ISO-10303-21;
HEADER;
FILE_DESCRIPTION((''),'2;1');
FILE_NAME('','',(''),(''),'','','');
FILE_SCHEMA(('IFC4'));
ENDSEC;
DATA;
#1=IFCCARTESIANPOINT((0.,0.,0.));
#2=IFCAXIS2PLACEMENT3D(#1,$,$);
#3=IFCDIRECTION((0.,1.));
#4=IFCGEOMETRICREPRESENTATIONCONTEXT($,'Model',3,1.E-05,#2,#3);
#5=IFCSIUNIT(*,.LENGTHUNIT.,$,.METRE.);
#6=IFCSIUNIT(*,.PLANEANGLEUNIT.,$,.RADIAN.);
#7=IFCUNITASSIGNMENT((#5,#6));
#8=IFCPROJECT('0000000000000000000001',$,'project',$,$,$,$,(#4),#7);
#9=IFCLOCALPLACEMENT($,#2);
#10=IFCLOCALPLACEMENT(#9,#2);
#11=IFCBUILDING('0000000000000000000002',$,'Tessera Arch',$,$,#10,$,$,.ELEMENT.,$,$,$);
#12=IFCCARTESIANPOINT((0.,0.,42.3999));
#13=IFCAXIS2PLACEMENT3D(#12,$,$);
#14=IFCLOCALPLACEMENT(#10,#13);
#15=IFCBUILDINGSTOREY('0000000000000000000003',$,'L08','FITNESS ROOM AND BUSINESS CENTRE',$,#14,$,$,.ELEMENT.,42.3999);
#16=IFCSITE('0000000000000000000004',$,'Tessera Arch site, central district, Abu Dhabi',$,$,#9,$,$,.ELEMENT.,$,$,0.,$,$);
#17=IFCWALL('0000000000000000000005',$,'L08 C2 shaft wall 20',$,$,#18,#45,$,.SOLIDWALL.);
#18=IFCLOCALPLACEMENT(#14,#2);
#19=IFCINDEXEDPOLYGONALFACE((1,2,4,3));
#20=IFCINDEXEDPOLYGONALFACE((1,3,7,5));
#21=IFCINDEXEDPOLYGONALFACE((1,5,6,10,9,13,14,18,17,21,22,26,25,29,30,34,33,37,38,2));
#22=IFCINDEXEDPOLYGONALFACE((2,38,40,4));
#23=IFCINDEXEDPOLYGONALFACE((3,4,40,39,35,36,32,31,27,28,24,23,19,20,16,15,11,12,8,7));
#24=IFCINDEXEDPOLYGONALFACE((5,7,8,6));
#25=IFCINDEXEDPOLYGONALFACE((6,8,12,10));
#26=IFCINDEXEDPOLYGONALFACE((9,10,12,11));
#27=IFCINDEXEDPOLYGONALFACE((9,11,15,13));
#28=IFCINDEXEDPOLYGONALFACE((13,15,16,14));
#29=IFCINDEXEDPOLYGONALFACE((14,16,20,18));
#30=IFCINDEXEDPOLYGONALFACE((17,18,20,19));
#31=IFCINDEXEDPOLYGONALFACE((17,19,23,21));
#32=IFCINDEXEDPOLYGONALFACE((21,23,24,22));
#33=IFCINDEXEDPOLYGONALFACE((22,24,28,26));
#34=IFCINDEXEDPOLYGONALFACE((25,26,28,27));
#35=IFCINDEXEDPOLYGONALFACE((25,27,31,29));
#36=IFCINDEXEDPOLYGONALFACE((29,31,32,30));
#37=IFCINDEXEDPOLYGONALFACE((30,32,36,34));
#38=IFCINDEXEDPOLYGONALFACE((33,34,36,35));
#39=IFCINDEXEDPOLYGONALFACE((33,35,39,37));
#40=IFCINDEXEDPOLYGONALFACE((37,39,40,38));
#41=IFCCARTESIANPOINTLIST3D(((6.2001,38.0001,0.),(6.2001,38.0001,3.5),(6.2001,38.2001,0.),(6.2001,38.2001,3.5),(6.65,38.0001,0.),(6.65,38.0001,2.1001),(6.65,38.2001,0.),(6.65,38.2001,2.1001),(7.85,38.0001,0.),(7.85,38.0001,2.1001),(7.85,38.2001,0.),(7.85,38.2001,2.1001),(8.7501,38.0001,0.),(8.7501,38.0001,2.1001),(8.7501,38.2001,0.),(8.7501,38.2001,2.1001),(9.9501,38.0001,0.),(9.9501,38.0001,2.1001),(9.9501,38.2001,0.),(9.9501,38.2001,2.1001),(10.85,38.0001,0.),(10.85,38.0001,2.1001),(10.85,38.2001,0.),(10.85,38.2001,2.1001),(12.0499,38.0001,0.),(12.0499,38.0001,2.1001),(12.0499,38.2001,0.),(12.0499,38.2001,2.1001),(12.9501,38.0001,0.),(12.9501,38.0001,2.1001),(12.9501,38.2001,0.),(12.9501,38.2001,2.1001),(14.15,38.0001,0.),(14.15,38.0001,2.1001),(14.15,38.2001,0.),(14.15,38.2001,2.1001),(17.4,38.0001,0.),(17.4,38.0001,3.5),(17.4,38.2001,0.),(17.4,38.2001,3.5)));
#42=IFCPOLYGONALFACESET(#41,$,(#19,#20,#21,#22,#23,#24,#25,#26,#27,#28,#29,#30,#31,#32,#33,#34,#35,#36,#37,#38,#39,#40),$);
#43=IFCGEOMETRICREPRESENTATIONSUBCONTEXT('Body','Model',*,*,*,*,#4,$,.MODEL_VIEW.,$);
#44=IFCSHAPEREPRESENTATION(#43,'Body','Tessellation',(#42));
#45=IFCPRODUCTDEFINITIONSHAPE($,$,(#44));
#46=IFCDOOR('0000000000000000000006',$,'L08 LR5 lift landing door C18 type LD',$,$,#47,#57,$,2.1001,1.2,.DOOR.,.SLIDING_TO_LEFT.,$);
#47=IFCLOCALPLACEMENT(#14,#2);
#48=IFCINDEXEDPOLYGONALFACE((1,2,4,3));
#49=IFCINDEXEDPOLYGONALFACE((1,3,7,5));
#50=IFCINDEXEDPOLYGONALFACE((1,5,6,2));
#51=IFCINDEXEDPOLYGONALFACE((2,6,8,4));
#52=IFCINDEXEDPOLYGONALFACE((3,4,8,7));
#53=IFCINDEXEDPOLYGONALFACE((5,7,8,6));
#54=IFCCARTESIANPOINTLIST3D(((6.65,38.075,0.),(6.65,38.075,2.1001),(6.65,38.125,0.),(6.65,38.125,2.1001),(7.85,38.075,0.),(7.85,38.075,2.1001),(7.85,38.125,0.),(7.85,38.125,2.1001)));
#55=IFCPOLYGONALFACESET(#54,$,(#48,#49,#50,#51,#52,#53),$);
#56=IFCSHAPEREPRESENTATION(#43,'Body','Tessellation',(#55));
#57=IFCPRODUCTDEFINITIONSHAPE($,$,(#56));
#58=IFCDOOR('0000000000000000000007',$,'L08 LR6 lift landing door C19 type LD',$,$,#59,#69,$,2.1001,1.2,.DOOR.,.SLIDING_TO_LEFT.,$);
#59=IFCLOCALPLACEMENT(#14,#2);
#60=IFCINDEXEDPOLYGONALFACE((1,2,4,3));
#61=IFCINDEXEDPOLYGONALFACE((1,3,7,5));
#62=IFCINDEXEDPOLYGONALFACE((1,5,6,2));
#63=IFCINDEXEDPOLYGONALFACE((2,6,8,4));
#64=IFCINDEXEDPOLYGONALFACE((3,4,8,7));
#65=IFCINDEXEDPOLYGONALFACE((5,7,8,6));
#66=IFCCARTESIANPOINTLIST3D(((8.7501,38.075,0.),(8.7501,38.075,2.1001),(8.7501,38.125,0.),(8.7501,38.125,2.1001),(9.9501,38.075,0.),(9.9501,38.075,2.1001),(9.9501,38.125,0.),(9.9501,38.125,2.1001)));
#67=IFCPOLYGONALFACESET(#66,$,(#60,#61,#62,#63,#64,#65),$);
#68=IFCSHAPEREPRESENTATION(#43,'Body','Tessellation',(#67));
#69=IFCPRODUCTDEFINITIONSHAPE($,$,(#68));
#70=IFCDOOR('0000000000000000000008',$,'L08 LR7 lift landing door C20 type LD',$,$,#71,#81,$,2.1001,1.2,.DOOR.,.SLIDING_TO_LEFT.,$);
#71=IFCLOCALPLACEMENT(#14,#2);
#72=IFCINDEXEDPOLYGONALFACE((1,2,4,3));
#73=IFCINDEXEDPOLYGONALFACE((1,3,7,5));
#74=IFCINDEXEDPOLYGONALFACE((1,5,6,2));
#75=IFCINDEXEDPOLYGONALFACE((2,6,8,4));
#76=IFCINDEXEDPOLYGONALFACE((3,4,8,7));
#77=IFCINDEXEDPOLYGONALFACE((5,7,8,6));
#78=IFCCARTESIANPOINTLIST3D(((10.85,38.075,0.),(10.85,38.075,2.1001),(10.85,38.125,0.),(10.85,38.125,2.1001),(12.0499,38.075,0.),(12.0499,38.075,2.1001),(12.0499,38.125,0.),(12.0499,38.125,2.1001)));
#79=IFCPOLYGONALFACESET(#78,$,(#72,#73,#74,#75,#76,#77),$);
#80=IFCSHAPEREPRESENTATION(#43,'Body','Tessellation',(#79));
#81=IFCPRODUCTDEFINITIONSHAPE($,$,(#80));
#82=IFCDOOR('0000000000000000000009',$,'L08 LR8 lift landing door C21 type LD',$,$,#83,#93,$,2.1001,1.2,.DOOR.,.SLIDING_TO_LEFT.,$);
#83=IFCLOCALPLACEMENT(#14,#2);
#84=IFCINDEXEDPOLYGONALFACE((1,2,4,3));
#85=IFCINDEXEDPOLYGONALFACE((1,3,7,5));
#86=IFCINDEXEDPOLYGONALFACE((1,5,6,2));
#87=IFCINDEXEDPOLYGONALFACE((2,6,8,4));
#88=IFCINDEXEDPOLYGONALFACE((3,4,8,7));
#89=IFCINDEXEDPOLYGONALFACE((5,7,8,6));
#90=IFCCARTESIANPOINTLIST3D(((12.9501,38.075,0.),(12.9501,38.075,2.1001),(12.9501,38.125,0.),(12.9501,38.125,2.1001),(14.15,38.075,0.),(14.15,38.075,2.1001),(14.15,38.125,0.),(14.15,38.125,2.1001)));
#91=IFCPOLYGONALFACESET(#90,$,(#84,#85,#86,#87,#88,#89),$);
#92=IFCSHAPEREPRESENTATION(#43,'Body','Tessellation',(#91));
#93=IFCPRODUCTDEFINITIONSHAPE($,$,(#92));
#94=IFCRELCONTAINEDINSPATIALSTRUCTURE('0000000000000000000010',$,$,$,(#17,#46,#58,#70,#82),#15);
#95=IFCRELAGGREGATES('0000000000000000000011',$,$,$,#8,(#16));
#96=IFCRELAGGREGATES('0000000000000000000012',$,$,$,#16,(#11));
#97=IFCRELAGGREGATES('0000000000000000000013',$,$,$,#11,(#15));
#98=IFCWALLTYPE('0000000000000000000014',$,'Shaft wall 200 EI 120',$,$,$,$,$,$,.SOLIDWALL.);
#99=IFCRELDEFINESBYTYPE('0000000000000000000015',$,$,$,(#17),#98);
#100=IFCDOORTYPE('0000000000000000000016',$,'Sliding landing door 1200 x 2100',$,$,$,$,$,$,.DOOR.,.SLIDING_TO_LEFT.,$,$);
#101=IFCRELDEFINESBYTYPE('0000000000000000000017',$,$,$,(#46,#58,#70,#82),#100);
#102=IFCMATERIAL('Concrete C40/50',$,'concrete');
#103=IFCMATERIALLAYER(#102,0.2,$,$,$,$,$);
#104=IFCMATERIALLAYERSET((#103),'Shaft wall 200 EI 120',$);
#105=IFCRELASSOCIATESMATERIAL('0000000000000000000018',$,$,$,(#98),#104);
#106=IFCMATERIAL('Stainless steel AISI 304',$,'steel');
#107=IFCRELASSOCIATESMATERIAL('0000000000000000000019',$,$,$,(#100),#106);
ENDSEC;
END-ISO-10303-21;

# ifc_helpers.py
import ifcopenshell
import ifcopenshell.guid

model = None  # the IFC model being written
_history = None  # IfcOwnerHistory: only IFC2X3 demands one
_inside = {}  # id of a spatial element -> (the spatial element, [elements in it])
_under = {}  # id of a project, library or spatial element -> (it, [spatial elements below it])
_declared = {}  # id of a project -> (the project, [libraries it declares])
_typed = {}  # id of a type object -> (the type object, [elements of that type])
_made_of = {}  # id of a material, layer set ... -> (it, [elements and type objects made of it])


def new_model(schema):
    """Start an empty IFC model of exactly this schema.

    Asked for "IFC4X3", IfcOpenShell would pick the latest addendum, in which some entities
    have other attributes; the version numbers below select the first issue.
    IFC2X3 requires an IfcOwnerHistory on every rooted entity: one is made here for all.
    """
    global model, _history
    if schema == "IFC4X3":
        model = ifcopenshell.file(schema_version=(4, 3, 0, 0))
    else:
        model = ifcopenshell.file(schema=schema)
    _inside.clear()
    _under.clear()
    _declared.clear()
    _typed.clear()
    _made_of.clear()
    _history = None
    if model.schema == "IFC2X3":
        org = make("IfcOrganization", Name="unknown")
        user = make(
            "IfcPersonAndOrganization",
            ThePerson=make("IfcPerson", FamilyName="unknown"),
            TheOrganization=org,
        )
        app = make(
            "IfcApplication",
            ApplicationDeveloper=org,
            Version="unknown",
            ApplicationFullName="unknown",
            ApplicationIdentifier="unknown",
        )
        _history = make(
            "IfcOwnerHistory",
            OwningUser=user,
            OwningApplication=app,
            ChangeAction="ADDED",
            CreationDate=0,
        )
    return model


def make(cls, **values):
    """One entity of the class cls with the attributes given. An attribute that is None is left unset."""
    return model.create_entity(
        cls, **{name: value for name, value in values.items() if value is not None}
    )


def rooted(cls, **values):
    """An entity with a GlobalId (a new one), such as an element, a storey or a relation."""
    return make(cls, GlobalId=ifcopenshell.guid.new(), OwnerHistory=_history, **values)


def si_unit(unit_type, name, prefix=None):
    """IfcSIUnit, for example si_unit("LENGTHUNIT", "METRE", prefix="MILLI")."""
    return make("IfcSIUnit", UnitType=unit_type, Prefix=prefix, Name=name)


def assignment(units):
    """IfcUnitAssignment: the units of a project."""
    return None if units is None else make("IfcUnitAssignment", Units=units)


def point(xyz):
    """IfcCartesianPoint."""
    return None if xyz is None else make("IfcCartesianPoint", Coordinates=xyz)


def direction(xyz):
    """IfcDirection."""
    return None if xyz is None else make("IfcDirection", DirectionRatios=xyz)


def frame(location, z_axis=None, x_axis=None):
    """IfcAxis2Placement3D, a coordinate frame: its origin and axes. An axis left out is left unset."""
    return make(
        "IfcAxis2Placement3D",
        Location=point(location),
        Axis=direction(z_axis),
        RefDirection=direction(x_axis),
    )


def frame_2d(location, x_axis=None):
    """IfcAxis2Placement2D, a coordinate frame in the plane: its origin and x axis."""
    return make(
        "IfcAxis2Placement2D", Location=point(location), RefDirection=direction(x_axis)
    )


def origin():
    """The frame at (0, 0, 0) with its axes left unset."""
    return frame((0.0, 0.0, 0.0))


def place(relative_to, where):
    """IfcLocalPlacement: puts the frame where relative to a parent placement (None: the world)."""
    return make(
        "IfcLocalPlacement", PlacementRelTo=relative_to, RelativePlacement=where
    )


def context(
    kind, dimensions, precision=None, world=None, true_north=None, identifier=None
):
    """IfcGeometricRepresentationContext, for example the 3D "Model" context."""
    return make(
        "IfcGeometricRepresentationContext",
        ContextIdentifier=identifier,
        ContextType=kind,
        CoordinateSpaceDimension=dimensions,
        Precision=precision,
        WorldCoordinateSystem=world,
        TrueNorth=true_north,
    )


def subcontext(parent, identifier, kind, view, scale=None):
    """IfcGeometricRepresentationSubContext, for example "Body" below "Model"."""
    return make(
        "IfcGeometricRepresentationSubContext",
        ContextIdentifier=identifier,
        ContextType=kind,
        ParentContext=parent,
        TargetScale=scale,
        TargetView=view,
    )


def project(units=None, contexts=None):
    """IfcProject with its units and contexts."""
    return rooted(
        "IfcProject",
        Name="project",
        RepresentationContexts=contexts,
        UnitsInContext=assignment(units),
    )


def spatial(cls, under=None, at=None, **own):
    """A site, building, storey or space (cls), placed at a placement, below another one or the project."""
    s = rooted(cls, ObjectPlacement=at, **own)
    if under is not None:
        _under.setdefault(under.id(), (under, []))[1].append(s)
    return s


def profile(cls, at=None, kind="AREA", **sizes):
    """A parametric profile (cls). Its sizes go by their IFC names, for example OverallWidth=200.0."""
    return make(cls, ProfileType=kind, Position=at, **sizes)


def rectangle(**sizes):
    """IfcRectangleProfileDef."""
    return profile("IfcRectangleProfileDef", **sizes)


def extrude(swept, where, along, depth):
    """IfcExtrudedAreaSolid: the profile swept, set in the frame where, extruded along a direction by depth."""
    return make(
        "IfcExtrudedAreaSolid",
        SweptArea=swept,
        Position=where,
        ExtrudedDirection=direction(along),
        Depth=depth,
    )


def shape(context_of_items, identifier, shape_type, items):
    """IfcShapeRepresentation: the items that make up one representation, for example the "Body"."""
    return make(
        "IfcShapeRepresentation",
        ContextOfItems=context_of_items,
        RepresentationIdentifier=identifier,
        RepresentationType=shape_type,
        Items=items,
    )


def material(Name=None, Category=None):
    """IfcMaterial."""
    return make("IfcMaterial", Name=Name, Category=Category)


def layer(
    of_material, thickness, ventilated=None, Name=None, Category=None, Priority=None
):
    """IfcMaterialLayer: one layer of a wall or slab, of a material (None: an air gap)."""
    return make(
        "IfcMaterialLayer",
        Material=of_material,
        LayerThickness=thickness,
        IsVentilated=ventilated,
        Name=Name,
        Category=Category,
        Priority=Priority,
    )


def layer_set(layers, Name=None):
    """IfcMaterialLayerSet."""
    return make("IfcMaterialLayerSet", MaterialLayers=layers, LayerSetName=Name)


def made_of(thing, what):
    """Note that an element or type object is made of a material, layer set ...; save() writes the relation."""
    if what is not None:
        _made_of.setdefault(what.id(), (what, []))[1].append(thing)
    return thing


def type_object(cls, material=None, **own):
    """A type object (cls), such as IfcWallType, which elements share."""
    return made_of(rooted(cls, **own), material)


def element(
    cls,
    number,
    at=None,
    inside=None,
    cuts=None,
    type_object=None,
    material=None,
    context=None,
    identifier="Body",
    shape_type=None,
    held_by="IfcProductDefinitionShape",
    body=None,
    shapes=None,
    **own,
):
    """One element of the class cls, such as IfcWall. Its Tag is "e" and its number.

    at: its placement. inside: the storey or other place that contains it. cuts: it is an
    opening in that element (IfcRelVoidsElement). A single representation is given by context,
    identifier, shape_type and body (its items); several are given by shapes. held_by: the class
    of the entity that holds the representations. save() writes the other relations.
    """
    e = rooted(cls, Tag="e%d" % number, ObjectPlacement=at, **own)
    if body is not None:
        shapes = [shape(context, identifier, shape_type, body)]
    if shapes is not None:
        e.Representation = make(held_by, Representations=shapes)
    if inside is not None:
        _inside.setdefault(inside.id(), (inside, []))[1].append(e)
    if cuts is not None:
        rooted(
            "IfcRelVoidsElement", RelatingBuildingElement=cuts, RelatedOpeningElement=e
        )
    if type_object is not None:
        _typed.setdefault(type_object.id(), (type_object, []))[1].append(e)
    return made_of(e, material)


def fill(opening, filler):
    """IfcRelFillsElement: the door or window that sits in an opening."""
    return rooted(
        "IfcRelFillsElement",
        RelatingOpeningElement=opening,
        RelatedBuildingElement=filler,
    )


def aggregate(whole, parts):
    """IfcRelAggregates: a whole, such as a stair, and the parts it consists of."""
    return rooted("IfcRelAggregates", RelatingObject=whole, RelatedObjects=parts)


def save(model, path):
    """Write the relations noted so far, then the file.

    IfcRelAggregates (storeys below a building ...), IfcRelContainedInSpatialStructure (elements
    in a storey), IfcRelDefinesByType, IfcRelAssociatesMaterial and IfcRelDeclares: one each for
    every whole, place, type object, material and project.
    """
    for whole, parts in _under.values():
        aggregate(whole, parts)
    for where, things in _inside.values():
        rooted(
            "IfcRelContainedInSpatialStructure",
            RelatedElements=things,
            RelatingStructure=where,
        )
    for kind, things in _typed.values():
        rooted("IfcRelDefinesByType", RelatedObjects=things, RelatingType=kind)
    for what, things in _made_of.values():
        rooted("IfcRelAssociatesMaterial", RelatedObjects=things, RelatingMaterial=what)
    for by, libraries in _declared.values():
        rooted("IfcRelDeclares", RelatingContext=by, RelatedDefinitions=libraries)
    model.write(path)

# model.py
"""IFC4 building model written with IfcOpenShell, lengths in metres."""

from ifc_helpers import new_model, si_unit, direction, frame, frame_2d, origin, place, context, subcontext, project, spatial, rectangle, extrude, material, layer, layer_set, type_object, element, fill, save


model = new_model("IFC4")

# Units and contexts
model_context = context("Model", 3, precision=1e-05, world=origin(), true_north=direction((0.0, 1.0)))
body_context = subcontext(model_context, "Body", "Model", "MODEL_VIEW")
ifc_project = project(units=[si_unit("LENGTHUNIT", "METRE"), si_unit("PLANEANGLEUNIT", "RADIAN")], contexts=[model_context])

# Site, building, storey
site_placement = place(None, origin())
site = spatial("IfcSite", under=ifc_project, at=site_placement, Name="Tessera Arch site, central district, Abu Dhabi", CompositionType="ELEMENT", RefElevation=0.0)
building_placement = place(site_placement, origin())
building = spatial("IfcBuilding", under=site, at=building_placement, Name="Tessera Arch", CompositionType="ELEMENT")
storey_placement = place(building_placement, frame((0.0, 0.0, 42.3999)))
storey = spatial("IfcBuildingStorey", under=building, at=storey_placement, Name="L08", Description="FITNESS ROOM AND BUSINESS CENTRE", CompositionType="ELEMENT", Elevation=42.3999)

# Shared definitions
ifc_material_1 = material(Name="Concrete C40/50", Category="concrete")
ifc_layer_1 = layer(ifc_material_1, 0.2)
ifc_layer_set_1 = layer_set([ifc_layer_1], Name="Shaft wall 200 EI 120")
wall_type_1 = type_object("IfcWallType", Name="Shaft wall 200 EI 120", PredefinedType="SOLIDWALL", material=ifc_layer_set_1)

# Shared definitions
ifc_material_2 = material(Name="Stainless steel AISI 304", Category="steel")
door_type_1 = type_object("IfcDoorType", Name="Sliding landing door 1200 x 2100", OperationType="SLIDING_TO_LEFT", PredefinedType="DOOR", material=ifc_material_2)

# Wall, openings, doors
wall_1_placement = place(storey_placement, frame((6.2, 38.1001, 0.0), z_axis=(0.0, 0.0, 1.0), x_axis=(1.0, 0.0, 0.0)))
wall_1 = element("IfcWall", 1, at=wall_1_placement, inside=storey, type_object=wall_type_1, Name="L08 C2 shaft wall 20", PredefinedType="SOLIDWALL", context=body_context, shape_type="SweptSolid", body=[
    extrude(rectangle(XDim=11.2, YDim=0.2, at=frame_2d((5.6001, 0.0))), origin(), (0.0, 0.0, 1.0), 3.5),
])
opening_1_placement = place(wall_1_placement, frame((0.45, 0.0, 0.0)))
opening_1 = element("IfcOpeningElement", 2, at=opening_1_placement, cuts=wall_1, PredefinedType="OPENING", context=body_context, shape_type="SweptSolid", body=[
    extrude(rectangle(XDim=1.2, YDim=2.1001, at=frame_2d((0.6001, 1.05))), frame((0.0, 0.1099, 0.0), z_axis=(0.0, -1.0, 0.0), x_axis=(1.0, 0.0, 0.0)), (0.0, 0.0, 1.0), 0.22),
])
opening_2_placement = place(wall_1_placement, frame((2.55, 0.0, 0.0)))
opening_2 = element("IfcOpeningElement", 3, at=opening_2_placement, cuts=wall_1, PredefinedType="OPENING", context=body_context, shape_type="SweptSolid", body=[
    extrude(rectangle(XDim=1.2, YDim=2.1001, at=frame_2d((0.6001, 1.05))), frame((0.0, 0.1099, 0.0), z_axis=(0.0, -1.0, 0.0), x_axis=(1.0, 0.0, 0.0)), (0.0, 0.0, 1.0), 0.22),
])
opening_3_placement = place(wall_1_placement, frame((4.6499, 0.0, 0.0)))
opening_3 = element("IfcOpeningElement", 4, at=opening_3_placement, cuts=wall_1, PredefinedType="OPENING", context=body_context, shape_type="SweptSolid", body=[
    extrude(rectangle(XDim=1.2, YDim=2.1001, at=frame_2d((0.6001, 1.05))), frame((0.0, 0.1099, 0.0), z_axis=(0.0, -1.0, 0.0), x_axis=(1.0, 0.0, 0.0)), (0.0, 0.0, 1.0), 0.22),
])
opening_4_placement = place(wall_1_placement, frame((6.75, 0.0, 0.0)))
opening_4 = element("IfcOpeningElement", 5, at=opening_4_placement, cuts=wall_1, PredefinedType="OPENING", context=body_context, shape_type="SweptSolid", body=[
    extrude(rectangle(XDim=1.2, YDim=2.1001, at=frame_2d((0.6001, 1.05))), frame((0.0, 0.1099, 0.0), z_axis=(0.0, -1.0, 0.0), x_axis=(1.0, 0.0, 0.0)), (0.0, 0.0, 1.0), 0.22),
])
door_1_placement = place(opening_1_placement, origin())
door_1 = element("IfcDoor", 6, at=door_1_placement, inside=storey, type_object=door_type_1, Name="L08 LR5 lift landing door C18 type LD", OperationType="SLIDING_TO_LEFT", OverallHeight=2.1001, OverallWidth=1.2, PredefinedType="DOOR", context=body_context, shape_type="SweptSolid", body=[
    extrude(rectangle(XDim=1.2, YDim=2.1001, at=frame_2d((0.6001, 1.05))), frame((0.0, 0.0249, 0.0), z_axis=(0.0, -1.0, 0.0), x_axis=(1.0, 0.0, 0.0)), (0.0, 0.0, 1.0), 0.05),
])
fill(opening_1, door_1)
door_2_placement = place(opening_2_placement, origin())
door_2 = element("IfcDoor", 7, at=door_2_placement, inside=storey, type_object=door_type_1, Name="L08 LR6 lift landing door C19 type LD", OperationType="SLIDING_TO_LEFT", OverallHeight=2.1001, OverallWidth=1.2, PredefinedType="DOOR", context=body_context, shape_type="SweptSolid", body=[
    extrude(rectangle(XDim=1.2, YDim=2.1001, at=frame_2d((0.6001, 1.05))), frame((0.0, 0.0249, 0.0), z_axis=(0.0, -1.0, 0.0), x_axis=(1.0, 0.0, 0.0)), (0.0, 0.0, 1.0), 0.05),
])
fill(opening_2, door_2)
door_3_placement = place(opening_3_placement, origin())
door_3 = element("IfcDoor", 8, at=door_3_placement, inside=storey, type_object=door_type_1, Name="L08 LR7 lift landing door C20 type LD", OperationType="SLIDING_TO_LEFT", OverallHeight=2.1001, OverallWidth=1.2, PredefinedType="DOOR", context=body_context, shape_type="SweptSolid", body=[
    extrude(rectangle(XDim=1.2, YDim=2.1001, at=frame_2d((0.6001, 1.05))), frame((0.0, 0.0249, 0.0), z_axis=(0.0, -1.0, 0.0), x_axis=(1.0, 0.0, 0.0)), (0.0, 0.0, 1.0), 0.05),
])
fill(opening_3, door_3)
door_4_placement = place(opening_4_placement, origin())
door_4 = element("IfcDoor", 9, at=door_4_placement, inside=storey, type_object=door_type_1, Name="L08 LR8 lift landing door C21 type LD", OperationType="SLIDING_TO_LEFT", OverallHeight=2.1001, OverallWidth=1.2, PredefinedType="DOOR", context=body_context, shape_type="SweptSolid", body=[
    extrude(rectangle(XDim=1.2, YDim=2.1001, at=frame_2d((0.6001, 1.05))), frame((0.0, 0.0249, 0.0), z_axis=(0.0, -1.0, 0.0), x_axis=(1.0, 0.0, 0.0)), (0.0, 0.0, 1.0), 0.05),
])
fill(opening_4, door_4)

save(model, "model.ifc")
